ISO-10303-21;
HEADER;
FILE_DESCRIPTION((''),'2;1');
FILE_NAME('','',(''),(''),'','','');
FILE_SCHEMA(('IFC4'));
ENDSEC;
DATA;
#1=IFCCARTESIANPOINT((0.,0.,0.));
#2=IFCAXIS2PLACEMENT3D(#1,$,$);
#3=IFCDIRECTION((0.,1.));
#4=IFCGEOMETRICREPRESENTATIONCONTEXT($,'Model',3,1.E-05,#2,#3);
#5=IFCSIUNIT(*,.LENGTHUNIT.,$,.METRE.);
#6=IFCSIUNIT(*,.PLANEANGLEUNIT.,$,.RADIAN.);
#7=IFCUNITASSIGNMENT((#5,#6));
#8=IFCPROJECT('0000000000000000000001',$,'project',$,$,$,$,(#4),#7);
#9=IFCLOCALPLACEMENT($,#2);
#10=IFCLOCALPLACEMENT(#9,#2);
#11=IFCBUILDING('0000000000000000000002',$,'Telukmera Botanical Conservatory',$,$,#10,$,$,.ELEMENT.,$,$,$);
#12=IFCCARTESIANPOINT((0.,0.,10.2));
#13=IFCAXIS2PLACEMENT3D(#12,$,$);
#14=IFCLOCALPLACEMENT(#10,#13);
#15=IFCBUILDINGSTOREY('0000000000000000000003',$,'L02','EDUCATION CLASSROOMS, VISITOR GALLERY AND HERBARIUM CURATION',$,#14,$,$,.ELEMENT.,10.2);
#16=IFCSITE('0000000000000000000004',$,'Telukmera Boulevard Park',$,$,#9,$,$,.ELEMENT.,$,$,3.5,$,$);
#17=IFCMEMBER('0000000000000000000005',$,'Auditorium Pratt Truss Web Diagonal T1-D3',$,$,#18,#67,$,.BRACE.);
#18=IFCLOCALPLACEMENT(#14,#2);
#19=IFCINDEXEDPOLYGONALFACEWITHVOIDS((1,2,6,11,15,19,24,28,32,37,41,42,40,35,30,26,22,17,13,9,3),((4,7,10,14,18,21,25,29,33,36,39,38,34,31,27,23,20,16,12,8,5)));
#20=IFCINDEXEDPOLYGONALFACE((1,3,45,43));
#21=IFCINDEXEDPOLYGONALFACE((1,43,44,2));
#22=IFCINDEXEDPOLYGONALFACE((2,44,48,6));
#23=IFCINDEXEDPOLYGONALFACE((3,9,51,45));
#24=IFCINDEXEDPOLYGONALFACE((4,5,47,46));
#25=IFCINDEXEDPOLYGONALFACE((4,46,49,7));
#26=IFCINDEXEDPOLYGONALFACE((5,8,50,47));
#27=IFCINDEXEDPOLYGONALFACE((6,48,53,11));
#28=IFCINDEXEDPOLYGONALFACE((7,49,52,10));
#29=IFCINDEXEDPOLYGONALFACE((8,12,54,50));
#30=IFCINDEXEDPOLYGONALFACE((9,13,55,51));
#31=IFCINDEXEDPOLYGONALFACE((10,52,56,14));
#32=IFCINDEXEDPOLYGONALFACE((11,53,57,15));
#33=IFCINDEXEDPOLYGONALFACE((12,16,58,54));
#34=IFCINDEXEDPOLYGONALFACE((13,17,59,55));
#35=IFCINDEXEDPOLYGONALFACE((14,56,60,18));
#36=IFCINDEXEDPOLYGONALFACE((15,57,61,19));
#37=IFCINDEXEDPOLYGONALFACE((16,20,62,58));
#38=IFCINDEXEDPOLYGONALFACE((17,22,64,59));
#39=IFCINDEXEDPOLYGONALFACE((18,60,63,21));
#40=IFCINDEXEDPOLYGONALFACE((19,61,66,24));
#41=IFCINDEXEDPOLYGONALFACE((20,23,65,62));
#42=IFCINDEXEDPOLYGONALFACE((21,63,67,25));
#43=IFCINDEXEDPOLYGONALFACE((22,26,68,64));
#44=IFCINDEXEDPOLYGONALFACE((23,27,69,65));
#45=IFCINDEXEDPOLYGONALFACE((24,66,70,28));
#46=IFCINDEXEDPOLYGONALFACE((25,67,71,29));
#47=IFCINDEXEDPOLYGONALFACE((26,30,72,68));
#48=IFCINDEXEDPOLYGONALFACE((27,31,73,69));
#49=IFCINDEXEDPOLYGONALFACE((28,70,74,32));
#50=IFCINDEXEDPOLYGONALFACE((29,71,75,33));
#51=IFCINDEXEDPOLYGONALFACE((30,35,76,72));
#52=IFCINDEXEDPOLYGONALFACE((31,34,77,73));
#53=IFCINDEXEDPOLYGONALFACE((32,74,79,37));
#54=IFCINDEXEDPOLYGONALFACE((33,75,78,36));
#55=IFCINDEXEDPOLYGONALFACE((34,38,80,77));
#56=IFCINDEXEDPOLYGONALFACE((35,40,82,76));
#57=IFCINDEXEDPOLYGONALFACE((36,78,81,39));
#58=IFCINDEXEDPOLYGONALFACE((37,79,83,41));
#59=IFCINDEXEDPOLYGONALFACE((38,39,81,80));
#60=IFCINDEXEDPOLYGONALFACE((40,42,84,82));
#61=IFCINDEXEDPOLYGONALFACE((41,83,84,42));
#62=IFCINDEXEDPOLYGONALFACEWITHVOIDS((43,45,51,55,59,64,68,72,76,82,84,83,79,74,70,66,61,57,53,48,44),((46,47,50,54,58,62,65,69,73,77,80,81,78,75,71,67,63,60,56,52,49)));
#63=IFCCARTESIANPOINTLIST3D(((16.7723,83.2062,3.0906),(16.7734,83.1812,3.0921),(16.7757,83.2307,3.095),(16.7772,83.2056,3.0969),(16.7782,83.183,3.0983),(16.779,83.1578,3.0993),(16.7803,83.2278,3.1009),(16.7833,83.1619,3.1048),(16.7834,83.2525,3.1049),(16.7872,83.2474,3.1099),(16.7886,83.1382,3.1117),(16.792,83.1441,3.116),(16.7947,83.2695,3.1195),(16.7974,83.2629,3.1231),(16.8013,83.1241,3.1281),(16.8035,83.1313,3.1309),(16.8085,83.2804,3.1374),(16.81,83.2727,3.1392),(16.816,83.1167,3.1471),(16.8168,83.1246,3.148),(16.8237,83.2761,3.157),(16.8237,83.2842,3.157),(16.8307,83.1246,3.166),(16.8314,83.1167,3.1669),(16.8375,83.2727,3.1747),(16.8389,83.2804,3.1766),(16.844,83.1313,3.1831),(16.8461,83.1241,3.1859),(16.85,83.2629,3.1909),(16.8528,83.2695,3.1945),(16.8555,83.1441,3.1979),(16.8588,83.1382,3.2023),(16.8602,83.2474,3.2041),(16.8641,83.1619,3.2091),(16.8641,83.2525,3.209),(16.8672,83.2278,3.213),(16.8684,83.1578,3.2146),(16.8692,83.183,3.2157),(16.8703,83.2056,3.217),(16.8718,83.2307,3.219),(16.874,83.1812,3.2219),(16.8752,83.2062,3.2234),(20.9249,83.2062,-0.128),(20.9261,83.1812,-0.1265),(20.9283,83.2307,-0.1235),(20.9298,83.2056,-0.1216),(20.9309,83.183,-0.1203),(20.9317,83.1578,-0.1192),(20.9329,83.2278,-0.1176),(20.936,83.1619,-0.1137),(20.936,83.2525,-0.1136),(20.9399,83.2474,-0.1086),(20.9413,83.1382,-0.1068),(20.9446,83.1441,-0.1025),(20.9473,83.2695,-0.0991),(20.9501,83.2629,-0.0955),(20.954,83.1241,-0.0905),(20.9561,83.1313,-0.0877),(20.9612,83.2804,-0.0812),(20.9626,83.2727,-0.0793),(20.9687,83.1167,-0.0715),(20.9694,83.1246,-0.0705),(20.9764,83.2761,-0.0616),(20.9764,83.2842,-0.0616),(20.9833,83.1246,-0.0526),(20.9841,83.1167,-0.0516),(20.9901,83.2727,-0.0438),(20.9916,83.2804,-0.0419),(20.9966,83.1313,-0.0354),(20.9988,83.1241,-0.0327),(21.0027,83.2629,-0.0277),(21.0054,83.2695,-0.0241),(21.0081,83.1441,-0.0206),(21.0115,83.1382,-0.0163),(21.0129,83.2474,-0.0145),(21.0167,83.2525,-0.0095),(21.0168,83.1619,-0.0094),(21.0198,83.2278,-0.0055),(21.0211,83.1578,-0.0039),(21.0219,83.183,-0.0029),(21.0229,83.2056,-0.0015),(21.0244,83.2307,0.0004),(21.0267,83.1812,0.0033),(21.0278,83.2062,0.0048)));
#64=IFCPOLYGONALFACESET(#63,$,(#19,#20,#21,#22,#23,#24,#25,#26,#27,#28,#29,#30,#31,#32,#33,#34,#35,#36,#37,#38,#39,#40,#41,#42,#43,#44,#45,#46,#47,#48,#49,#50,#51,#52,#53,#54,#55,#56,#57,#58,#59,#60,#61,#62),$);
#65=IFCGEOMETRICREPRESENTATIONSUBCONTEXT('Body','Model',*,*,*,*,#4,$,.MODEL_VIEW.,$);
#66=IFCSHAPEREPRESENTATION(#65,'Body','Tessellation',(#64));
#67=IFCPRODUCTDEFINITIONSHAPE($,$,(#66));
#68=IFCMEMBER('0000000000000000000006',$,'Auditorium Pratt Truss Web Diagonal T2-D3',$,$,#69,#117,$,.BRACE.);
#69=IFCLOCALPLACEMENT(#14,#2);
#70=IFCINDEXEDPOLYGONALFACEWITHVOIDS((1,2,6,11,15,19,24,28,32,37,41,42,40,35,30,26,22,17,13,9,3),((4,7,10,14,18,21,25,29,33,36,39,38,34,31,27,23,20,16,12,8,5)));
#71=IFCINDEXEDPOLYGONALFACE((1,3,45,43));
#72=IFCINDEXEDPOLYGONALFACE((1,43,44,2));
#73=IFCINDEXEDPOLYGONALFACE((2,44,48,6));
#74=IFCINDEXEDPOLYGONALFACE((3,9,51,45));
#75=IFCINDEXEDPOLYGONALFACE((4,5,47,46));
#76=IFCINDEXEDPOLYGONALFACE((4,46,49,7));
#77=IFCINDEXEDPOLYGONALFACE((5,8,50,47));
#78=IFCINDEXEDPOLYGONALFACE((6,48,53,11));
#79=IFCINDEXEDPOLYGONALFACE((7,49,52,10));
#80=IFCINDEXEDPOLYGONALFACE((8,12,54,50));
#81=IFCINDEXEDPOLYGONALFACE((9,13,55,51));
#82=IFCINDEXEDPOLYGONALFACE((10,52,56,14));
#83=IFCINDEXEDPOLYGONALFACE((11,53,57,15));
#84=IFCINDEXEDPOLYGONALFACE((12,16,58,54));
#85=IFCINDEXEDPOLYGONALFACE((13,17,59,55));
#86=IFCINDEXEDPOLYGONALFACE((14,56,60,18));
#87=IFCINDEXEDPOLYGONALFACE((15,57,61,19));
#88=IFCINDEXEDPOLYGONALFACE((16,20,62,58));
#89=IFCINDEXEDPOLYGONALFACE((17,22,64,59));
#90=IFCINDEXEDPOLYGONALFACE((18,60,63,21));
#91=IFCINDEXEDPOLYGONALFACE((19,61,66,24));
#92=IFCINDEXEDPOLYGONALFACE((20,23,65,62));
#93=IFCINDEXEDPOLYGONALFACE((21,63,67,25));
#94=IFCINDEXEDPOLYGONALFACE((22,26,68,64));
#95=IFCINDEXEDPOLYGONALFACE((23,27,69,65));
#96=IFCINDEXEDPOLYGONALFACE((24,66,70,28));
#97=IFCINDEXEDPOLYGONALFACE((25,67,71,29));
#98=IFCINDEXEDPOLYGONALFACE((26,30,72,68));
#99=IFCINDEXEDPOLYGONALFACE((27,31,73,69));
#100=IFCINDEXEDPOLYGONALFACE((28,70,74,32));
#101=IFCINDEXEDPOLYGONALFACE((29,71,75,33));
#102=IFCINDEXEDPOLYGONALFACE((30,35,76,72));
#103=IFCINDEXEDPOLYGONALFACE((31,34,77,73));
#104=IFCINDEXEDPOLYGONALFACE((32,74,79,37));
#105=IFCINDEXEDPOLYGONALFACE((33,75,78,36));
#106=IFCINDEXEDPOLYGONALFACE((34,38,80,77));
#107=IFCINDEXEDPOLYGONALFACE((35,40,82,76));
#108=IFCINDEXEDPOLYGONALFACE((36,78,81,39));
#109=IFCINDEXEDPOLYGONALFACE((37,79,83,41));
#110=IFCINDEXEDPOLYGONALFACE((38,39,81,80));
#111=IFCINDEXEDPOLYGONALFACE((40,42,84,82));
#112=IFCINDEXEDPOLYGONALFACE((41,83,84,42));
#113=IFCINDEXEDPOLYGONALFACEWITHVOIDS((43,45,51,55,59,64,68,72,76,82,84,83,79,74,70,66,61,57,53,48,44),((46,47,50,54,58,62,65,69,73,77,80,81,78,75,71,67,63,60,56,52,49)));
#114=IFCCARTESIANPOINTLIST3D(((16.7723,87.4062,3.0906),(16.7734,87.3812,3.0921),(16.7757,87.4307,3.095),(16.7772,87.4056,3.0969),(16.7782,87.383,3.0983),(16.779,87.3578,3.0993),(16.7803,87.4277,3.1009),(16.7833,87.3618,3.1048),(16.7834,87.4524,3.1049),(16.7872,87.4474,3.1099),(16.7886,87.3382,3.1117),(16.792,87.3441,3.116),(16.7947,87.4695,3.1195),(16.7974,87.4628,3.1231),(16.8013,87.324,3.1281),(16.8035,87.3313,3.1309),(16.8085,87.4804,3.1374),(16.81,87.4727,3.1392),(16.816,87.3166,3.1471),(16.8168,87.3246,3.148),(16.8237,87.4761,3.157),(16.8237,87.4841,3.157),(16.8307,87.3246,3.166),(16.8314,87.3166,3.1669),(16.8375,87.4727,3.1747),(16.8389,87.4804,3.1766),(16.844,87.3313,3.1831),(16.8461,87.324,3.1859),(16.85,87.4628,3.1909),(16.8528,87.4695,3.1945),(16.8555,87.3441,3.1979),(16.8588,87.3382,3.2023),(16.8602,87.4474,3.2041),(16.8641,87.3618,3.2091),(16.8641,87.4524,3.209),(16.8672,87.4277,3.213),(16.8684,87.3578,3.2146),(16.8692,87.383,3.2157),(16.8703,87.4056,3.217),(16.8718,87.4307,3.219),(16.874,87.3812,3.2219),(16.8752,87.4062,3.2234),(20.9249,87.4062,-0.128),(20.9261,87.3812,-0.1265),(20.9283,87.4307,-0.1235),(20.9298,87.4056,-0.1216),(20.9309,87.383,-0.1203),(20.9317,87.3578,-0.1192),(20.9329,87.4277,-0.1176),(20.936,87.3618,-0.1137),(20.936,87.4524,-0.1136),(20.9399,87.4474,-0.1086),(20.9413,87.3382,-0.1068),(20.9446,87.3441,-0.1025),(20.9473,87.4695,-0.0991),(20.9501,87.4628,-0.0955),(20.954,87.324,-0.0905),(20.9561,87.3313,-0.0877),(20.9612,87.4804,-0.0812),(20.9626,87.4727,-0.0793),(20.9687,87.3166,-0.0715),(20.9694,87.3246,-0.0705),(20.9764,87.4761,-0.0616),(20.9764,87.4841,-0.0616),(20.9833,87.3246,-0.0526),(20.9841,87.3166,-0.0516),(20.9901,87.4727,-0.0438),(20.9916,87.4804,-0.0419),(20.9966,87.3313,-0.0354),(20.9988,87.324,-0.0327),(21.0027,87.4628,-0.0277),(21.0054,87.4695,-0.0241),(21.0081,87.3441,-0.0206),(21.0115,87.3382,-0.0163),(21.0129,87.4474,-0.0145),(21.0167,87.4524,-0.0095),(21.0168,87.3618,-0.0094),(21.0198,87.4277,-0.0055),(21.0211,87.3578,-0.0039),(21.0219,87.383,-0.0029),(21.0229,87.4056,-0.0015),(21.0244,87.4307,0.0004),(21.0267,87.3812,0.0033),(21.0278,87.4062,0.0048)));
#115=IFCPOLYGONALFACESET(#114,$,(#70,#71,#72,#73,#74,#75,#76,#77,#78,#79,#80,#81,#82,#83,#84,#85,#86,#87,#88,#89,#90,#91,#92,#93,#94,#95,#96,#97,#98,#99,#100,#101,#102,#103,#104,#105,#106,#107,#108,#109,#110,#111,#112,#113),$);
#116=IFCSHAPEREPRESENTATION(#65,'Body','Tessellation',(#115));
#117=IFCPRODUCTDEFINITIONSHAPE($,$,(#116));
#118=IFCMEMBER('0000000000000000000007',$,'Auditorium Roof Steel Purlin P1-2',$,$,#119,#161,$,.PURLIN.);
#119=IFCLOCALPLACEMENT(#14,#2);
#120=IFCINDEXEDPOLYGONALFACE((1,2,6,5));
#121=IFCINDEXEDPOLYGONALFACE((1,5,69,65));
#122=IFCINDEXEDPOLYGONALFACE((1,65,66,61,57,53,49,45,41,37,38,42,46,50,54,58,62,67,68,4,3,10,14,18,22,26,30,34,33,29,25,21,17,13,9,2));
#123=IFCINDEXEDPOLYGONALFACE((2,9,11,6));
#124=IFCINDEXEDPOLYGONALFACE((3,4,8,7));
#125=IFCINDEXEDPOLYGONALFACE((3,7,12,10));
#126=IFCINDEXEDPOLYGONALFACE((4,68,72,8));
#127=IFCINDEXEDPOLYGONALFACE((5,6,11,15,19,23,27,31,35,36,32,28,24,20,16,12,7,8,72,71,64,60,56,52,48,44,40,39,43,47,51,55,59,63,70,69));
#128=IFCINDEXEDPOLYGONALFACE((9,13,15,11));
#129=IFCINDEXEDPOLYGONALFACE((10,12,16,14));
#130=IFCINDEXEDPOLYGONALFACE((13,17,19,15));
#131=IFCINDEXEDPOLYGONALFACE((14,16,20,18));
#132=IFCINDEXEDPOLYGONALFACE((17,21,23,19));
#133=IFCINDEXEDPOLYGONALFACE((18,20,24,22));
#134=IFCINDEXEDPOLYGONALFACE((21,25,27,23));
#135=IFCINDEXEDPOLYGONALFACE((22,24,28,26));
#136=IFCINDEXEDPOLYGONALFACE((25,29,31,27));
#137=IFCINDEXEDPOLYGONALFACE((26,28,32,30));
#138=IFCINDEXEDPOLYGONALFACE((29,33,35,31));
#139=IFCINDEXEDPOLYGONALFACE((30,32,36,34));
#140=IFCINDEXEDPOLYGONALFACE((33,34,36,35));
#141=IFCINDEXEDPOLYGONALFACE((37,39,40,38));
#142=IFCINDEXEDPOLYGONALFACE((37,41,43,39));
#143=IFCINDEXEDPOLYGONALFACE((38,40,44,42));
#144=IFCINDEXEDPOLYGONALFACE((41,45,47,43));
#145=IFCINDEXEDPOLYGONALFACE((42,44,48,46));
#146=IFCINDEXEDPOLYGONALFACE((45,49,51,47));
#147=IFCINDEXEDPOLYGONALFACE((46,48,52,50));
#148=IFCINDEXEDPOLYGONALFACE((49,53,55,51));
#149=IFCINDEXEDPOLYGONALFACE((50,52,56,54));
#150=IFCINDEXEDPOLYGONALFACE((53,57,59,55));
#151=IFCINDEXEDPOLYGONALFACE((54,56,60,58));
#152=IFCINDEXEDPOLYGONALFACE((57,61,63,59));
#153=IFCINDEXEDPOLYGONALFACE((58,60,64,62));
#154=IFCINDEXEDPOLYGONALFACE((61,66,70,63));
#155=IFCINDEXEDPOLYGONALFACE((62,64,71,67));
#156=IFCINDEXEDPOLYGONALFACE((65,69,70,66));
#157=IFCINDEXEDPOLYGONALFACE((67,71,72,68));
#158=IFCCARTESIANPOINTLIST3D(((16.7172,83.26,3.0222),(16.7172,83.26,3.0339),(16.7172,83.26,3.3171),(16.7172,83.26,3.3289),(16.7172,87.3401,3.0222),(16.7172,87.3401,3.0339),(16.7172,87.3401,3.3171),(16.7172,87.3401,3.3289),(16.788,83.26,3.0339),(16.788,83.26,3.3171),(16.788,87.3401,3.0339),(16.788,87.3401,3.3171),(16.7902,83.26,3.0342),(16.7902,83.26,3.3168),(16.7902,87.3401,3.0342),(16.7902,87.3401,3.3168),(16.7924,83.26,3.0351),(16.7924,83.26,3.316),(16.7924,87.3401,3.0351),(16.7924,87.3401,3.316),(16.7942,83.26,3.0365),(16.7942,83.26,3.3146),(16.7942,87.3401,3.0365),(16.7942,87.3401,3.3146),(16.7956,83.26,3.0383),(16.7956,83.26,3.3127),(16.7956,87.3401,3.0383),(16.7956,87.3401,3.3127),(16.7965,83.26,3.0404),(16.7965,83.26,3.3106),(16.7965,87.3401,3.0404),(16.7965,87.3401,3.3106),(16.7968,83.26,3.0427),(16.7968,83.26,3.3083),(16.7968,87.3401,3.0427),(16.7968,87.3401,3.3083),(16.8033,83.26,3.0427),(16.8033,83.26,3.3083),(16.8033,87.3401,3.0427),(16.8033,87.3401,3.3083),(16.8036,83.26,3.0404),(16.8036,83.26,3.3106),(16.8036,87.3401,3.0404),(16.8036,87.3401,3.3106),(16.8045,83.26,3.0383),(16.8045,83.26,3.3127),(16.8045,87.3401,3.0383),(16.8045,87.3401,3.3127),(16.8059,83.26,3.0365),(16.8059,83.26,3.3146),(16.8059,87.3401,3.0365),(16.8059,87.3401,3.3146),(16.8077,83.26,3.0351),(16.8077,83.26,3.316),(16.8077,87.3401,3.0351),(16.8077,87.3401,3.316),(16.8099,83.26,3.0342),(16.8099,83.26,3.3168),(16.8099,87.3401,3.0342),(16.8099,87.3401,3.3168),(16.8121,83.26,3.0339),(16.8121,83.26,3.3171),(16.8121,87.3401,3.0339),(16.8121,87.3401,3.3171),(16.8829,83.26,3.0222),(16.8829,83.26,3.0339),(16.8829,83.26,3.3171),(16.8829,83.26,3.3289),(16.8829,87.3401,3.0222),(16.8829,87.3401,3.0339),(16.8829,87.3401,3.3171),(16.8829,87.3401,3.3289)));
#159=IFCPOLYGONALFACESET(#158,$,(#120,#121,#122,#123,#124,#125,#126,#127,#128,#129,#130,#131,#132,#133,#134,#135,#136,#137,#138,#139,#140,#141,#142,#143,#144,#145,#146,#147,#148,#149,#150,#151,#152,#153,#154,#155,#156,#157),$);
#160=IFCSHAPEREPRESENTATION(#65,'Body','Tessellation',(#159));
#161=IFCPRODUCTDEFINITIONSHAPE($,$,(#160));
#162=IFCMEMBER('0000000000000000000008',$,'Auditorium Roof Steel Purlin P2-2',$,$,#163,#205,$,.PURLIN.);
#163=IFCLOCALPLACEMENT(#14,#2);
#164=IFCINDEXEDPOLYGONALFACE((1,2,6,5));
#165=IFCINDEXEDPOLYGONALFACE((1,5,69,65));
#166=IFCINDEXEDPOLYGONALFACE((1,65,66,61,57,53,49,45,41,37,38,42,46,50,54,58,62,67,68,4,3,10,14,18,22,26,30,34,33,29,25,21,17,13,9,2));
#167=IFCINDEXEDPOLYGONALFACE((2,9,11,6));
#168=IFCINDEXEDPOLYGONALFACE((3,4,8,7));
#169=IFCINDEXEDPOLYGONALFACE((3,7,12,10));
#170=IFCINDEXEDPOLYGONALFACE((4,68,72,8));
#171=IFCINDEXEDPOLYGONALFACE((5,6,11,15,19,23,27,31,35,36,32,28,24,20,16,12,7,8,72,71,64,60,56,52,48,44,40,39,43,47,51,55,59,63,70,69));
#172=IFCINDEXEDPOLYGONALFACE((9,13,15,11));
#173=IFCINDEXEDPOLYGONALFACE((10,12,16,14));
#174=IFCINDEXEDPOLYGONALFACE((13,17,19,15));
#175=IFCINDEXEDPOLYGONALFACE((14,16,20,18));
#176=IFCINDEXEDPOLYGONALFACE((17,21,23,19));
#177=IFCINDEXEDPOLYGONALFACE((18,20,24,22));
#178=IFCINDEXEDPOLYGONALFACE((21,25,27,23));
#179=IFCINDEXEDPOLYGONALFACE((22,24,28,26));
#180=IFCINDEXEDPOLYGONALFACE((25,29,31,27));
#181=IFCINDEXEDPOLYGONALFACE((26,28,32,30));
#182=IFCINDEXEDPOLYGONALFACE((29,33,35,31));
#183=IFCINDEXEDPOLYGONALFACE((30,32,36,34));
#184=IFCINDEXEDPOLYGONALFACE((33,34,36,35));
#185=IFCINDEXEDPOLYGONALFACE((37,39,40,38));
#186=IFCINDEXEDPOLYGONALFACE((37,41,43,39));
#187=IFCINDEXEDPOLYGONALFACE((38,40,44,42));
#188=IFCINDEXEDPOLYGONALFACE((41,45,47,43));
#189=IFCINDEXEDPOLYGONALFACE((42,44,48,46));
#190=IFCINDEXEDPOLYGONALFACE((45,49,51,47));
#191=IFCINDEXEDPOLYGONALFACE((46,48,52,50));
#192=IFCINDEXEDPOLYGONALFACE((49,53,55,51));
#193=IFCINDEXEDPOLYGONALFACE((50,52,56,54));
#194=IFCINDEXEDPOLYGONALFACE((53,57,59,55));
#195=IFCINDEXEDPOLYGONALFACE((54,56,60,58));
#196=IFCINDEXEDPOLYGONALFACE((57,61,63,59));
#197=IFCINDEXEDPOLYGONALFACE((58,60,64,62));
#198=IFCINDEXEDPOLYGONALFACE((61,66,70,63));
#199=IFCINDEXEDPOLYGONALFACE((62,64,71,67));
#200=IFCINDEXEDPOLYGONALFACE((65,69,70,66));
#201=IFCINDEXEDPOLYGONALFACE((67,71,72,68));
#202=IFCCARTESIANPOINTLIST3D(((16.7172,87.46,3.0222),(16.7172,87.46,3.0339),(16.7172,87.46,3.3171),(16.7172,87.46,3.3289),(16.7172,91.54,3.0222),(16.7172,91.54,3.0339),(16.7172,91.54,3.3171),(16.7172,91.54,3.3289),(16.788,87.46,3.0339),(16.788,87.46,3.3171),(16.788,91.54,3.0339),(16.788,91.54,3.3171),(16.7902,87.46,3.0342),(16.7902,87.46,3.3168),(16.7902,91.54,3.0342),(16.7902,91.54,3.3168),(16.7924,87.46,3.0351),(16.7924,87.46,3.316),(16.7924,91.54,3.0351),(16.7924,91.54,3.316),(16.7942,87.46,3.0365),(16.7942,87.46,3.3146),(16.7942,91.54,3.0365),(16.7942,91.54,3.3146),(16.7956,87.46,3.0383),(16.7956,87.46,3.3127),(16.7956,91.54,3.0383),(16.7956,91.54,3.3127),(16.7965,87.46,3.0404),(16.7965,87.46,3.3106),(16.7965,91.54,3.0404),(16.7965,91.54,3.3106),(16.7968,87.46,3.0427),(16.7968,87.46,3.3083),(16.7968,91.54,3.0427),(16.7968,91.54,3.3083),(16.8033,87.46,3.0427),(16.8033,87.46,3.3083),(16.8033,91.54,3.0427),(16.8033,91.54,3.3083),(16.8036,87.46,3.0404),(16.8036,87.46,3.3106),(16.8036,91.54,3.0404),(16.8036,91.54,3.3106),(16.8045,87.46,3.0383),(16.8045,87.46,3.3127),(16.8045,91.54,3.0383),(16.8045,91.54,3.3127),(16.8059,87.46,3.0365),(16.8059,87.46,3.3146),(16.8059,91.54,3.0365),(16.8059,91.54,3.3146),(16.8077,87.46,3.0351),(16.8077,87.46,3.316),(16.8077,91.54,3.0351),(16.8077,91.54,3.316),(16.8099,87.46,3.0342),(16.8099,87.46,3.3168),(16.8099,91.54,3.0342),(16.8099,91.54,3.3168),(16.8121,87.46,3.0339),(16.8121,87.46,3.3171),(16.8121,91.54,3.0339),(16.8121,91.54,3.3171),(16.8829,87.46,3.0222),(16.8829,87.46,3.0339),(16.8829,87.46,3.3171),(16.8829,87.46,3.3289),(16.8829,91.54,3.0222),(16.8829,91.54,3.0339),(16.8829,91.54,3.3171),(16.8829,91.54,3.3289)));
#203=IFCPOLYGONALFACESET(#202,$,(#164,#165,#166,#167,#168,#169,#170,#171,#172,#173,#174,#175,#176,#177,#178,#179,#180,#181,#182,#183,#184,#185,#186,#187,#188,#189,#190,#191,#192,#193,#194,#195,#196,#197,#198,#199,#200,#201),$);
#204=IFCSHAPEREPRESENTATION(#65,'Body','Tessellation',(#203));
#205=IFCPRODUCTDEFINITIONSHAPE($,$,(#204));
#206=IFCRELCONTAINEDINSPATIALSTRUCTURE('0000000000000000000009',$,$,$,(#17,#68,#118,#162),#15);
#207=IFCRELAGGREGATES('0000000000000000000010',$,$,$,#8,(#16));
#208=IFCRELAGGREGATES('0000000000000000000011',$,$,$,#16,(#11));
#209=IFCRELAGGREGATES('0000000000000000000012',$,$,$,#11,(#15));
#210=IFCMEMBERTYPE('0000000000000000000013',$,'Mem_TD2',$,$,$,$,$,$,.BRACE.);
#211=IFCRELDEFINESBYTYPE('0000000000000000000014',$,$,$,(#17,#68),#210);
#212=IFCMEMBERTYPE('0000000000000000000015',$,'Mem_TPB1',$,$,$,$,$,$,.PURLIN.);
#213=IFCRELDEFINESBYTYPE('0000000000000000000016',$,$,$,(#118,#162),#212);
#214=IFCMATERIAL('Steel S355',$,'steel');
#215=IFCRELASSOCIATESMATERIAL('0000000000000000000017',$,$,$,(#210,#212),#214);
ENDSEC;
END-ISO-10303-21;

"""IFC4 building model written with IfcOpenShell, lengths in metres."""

from ifc_helpers import new_model, si_unit, direction, frame, origin, origin_2d, place, context, subcontext, project, spatial, hollow_circle, i_section, extrude, material, material_profile, profile_set, type_object, element, save


model = new_model("IFC4")

# Units and contexts
model_context = context("Model", 3, precision=1e-05, world=origin(), true_north=direction((0.0, 1.0)))
body_context = subcontext(model_context, "Body", "Model", "MODEL_VIEW")
ifc_project = project(units=[si_unit("LENGTHUNIT", "METRE"), si_unit("PLANEANGLEUNIT", "RADIAN")], contexts=[model_context])

# Site, building, storey
site_placement = place(None, origin())
site = spatial("IfcSite", under=ifc_project, at=site_placement, Name="Telukmera Boulevard Park", CompositionType="ELEMENT", RefElevation=3.5)
building_placement = place(site_placement, origin())
building = spatial("IfcBuilding", under=site, at=building_placement, Name="Telukmera Botanical Conservatory", CompositionType="ELEMENT")
storey_placement = place(building_placement, frame((0.0, 0.0, 10.2)))
storey = spatial("IfcBuildingStorey", under=building, at=storey_placement, Name="L02", Description="EDUCATION CLASSROOMS, VISITOR GALLERY AND HERBARIUM CURATION", CompositionType="ELEMENT", Elevation=10.2)

# Members
ifc_material_1 = material(Name="Steel S355", Category="steel")
ifc_material_profile_1 = material_profile(ifc_material_1, hollow_circle(Radius=0.0842, WallThickness=0.0081, at=origin_2d()), Name="CHS 168.3x8.0")
ifc_profile_set_1 = profile_set([ifc_material_profile_1], Name="Steel S355")
member_type_1 = type_object("IfcMemberType", Name="Mem_TD2", PredefinedType="BRACE", material=ifc_profile_set_1)
for number, where, z_axis, x_axis, name in (
    (1, (16.8237, 83.2, 3.157), (0.790392, 0.0, -0.612601), (0.0, 1.0, 0.0), "Auditorium Pratt Truss Web Diagonal T1-D3"),
    (2, (16.8237, 87.3999, 3.157), (0.790392, 0.0, -0.612601), (0.0, 1.0, 0.0), "Auditorium Pratt Truss Web Diagonal T2-D3"),
):
    element("IfcMember", number, at=place(storey_placement, frame(where, z_axis=z_axis, x_axis=x_axis)), inside=storey, type_object=member_type_1, Name=name, PredefinedType="BRACE", context=body_context, shape_type="SweptSolid", body=[
        extrude(hollow_circle(Radius=0.0842, WallThickness=0.0081, at=origin_2d()), origin(), (0.0, 0.0, 1.0), 5.2539),
    ])
ifc_material_profile_2 = material_profile(ifc_material_1, i_section(OverallWidth=0.1658, OverallDepth=0.3066, WebThickness=0.0066, FlangeThickness=0.0117, FilletRadius=0.0088, at=origin_2d()), Name="UB 305x165x46")
ifc_profile_set_2 = profile_set([ifc_material_profile_2], Name="Steel S355")
member_type_2 = type_object("IfcMemberType", Name="Mem_TPB1", PredefinedType="PURLIN", material=ifc_profile_set_2)
for number, where, z_axis, x_axis, name in (
    (3, (16.8, 83.26, 3.1755), (0.0, 1.0, 0.0), (-1.0, 0.0, 0.0), "Auditorium Roof Steel Purlin P1-2"),
    (4, (16.8, 87.46, 3.1755), (0.0, 1.0, 0.0), (-1.0, 0.0, 0.0), "Auditorium Roof Steel Purlin P2-2"),
):
    element("IfcMember", number, at=place(storey_placement, frame(where, z_axis=z_axis, x_axis=x_axis)), inside=storey, type_object=member_type_2, Name=name, PredefinedType="PURLIN", context=body_context, shape_type="SweptSolid", body=[
        extrude(i_section(OverallWidth=0.1658, OverallDepth=0.3066, WebThickness=0.0066, FlangeThickness=0.0117, FilletRadius=0.0088, at=origin_2d()), origin(), (0.0, 0.0, 1.0), 4.0801),
    ])

save(model, "model.ifc")
